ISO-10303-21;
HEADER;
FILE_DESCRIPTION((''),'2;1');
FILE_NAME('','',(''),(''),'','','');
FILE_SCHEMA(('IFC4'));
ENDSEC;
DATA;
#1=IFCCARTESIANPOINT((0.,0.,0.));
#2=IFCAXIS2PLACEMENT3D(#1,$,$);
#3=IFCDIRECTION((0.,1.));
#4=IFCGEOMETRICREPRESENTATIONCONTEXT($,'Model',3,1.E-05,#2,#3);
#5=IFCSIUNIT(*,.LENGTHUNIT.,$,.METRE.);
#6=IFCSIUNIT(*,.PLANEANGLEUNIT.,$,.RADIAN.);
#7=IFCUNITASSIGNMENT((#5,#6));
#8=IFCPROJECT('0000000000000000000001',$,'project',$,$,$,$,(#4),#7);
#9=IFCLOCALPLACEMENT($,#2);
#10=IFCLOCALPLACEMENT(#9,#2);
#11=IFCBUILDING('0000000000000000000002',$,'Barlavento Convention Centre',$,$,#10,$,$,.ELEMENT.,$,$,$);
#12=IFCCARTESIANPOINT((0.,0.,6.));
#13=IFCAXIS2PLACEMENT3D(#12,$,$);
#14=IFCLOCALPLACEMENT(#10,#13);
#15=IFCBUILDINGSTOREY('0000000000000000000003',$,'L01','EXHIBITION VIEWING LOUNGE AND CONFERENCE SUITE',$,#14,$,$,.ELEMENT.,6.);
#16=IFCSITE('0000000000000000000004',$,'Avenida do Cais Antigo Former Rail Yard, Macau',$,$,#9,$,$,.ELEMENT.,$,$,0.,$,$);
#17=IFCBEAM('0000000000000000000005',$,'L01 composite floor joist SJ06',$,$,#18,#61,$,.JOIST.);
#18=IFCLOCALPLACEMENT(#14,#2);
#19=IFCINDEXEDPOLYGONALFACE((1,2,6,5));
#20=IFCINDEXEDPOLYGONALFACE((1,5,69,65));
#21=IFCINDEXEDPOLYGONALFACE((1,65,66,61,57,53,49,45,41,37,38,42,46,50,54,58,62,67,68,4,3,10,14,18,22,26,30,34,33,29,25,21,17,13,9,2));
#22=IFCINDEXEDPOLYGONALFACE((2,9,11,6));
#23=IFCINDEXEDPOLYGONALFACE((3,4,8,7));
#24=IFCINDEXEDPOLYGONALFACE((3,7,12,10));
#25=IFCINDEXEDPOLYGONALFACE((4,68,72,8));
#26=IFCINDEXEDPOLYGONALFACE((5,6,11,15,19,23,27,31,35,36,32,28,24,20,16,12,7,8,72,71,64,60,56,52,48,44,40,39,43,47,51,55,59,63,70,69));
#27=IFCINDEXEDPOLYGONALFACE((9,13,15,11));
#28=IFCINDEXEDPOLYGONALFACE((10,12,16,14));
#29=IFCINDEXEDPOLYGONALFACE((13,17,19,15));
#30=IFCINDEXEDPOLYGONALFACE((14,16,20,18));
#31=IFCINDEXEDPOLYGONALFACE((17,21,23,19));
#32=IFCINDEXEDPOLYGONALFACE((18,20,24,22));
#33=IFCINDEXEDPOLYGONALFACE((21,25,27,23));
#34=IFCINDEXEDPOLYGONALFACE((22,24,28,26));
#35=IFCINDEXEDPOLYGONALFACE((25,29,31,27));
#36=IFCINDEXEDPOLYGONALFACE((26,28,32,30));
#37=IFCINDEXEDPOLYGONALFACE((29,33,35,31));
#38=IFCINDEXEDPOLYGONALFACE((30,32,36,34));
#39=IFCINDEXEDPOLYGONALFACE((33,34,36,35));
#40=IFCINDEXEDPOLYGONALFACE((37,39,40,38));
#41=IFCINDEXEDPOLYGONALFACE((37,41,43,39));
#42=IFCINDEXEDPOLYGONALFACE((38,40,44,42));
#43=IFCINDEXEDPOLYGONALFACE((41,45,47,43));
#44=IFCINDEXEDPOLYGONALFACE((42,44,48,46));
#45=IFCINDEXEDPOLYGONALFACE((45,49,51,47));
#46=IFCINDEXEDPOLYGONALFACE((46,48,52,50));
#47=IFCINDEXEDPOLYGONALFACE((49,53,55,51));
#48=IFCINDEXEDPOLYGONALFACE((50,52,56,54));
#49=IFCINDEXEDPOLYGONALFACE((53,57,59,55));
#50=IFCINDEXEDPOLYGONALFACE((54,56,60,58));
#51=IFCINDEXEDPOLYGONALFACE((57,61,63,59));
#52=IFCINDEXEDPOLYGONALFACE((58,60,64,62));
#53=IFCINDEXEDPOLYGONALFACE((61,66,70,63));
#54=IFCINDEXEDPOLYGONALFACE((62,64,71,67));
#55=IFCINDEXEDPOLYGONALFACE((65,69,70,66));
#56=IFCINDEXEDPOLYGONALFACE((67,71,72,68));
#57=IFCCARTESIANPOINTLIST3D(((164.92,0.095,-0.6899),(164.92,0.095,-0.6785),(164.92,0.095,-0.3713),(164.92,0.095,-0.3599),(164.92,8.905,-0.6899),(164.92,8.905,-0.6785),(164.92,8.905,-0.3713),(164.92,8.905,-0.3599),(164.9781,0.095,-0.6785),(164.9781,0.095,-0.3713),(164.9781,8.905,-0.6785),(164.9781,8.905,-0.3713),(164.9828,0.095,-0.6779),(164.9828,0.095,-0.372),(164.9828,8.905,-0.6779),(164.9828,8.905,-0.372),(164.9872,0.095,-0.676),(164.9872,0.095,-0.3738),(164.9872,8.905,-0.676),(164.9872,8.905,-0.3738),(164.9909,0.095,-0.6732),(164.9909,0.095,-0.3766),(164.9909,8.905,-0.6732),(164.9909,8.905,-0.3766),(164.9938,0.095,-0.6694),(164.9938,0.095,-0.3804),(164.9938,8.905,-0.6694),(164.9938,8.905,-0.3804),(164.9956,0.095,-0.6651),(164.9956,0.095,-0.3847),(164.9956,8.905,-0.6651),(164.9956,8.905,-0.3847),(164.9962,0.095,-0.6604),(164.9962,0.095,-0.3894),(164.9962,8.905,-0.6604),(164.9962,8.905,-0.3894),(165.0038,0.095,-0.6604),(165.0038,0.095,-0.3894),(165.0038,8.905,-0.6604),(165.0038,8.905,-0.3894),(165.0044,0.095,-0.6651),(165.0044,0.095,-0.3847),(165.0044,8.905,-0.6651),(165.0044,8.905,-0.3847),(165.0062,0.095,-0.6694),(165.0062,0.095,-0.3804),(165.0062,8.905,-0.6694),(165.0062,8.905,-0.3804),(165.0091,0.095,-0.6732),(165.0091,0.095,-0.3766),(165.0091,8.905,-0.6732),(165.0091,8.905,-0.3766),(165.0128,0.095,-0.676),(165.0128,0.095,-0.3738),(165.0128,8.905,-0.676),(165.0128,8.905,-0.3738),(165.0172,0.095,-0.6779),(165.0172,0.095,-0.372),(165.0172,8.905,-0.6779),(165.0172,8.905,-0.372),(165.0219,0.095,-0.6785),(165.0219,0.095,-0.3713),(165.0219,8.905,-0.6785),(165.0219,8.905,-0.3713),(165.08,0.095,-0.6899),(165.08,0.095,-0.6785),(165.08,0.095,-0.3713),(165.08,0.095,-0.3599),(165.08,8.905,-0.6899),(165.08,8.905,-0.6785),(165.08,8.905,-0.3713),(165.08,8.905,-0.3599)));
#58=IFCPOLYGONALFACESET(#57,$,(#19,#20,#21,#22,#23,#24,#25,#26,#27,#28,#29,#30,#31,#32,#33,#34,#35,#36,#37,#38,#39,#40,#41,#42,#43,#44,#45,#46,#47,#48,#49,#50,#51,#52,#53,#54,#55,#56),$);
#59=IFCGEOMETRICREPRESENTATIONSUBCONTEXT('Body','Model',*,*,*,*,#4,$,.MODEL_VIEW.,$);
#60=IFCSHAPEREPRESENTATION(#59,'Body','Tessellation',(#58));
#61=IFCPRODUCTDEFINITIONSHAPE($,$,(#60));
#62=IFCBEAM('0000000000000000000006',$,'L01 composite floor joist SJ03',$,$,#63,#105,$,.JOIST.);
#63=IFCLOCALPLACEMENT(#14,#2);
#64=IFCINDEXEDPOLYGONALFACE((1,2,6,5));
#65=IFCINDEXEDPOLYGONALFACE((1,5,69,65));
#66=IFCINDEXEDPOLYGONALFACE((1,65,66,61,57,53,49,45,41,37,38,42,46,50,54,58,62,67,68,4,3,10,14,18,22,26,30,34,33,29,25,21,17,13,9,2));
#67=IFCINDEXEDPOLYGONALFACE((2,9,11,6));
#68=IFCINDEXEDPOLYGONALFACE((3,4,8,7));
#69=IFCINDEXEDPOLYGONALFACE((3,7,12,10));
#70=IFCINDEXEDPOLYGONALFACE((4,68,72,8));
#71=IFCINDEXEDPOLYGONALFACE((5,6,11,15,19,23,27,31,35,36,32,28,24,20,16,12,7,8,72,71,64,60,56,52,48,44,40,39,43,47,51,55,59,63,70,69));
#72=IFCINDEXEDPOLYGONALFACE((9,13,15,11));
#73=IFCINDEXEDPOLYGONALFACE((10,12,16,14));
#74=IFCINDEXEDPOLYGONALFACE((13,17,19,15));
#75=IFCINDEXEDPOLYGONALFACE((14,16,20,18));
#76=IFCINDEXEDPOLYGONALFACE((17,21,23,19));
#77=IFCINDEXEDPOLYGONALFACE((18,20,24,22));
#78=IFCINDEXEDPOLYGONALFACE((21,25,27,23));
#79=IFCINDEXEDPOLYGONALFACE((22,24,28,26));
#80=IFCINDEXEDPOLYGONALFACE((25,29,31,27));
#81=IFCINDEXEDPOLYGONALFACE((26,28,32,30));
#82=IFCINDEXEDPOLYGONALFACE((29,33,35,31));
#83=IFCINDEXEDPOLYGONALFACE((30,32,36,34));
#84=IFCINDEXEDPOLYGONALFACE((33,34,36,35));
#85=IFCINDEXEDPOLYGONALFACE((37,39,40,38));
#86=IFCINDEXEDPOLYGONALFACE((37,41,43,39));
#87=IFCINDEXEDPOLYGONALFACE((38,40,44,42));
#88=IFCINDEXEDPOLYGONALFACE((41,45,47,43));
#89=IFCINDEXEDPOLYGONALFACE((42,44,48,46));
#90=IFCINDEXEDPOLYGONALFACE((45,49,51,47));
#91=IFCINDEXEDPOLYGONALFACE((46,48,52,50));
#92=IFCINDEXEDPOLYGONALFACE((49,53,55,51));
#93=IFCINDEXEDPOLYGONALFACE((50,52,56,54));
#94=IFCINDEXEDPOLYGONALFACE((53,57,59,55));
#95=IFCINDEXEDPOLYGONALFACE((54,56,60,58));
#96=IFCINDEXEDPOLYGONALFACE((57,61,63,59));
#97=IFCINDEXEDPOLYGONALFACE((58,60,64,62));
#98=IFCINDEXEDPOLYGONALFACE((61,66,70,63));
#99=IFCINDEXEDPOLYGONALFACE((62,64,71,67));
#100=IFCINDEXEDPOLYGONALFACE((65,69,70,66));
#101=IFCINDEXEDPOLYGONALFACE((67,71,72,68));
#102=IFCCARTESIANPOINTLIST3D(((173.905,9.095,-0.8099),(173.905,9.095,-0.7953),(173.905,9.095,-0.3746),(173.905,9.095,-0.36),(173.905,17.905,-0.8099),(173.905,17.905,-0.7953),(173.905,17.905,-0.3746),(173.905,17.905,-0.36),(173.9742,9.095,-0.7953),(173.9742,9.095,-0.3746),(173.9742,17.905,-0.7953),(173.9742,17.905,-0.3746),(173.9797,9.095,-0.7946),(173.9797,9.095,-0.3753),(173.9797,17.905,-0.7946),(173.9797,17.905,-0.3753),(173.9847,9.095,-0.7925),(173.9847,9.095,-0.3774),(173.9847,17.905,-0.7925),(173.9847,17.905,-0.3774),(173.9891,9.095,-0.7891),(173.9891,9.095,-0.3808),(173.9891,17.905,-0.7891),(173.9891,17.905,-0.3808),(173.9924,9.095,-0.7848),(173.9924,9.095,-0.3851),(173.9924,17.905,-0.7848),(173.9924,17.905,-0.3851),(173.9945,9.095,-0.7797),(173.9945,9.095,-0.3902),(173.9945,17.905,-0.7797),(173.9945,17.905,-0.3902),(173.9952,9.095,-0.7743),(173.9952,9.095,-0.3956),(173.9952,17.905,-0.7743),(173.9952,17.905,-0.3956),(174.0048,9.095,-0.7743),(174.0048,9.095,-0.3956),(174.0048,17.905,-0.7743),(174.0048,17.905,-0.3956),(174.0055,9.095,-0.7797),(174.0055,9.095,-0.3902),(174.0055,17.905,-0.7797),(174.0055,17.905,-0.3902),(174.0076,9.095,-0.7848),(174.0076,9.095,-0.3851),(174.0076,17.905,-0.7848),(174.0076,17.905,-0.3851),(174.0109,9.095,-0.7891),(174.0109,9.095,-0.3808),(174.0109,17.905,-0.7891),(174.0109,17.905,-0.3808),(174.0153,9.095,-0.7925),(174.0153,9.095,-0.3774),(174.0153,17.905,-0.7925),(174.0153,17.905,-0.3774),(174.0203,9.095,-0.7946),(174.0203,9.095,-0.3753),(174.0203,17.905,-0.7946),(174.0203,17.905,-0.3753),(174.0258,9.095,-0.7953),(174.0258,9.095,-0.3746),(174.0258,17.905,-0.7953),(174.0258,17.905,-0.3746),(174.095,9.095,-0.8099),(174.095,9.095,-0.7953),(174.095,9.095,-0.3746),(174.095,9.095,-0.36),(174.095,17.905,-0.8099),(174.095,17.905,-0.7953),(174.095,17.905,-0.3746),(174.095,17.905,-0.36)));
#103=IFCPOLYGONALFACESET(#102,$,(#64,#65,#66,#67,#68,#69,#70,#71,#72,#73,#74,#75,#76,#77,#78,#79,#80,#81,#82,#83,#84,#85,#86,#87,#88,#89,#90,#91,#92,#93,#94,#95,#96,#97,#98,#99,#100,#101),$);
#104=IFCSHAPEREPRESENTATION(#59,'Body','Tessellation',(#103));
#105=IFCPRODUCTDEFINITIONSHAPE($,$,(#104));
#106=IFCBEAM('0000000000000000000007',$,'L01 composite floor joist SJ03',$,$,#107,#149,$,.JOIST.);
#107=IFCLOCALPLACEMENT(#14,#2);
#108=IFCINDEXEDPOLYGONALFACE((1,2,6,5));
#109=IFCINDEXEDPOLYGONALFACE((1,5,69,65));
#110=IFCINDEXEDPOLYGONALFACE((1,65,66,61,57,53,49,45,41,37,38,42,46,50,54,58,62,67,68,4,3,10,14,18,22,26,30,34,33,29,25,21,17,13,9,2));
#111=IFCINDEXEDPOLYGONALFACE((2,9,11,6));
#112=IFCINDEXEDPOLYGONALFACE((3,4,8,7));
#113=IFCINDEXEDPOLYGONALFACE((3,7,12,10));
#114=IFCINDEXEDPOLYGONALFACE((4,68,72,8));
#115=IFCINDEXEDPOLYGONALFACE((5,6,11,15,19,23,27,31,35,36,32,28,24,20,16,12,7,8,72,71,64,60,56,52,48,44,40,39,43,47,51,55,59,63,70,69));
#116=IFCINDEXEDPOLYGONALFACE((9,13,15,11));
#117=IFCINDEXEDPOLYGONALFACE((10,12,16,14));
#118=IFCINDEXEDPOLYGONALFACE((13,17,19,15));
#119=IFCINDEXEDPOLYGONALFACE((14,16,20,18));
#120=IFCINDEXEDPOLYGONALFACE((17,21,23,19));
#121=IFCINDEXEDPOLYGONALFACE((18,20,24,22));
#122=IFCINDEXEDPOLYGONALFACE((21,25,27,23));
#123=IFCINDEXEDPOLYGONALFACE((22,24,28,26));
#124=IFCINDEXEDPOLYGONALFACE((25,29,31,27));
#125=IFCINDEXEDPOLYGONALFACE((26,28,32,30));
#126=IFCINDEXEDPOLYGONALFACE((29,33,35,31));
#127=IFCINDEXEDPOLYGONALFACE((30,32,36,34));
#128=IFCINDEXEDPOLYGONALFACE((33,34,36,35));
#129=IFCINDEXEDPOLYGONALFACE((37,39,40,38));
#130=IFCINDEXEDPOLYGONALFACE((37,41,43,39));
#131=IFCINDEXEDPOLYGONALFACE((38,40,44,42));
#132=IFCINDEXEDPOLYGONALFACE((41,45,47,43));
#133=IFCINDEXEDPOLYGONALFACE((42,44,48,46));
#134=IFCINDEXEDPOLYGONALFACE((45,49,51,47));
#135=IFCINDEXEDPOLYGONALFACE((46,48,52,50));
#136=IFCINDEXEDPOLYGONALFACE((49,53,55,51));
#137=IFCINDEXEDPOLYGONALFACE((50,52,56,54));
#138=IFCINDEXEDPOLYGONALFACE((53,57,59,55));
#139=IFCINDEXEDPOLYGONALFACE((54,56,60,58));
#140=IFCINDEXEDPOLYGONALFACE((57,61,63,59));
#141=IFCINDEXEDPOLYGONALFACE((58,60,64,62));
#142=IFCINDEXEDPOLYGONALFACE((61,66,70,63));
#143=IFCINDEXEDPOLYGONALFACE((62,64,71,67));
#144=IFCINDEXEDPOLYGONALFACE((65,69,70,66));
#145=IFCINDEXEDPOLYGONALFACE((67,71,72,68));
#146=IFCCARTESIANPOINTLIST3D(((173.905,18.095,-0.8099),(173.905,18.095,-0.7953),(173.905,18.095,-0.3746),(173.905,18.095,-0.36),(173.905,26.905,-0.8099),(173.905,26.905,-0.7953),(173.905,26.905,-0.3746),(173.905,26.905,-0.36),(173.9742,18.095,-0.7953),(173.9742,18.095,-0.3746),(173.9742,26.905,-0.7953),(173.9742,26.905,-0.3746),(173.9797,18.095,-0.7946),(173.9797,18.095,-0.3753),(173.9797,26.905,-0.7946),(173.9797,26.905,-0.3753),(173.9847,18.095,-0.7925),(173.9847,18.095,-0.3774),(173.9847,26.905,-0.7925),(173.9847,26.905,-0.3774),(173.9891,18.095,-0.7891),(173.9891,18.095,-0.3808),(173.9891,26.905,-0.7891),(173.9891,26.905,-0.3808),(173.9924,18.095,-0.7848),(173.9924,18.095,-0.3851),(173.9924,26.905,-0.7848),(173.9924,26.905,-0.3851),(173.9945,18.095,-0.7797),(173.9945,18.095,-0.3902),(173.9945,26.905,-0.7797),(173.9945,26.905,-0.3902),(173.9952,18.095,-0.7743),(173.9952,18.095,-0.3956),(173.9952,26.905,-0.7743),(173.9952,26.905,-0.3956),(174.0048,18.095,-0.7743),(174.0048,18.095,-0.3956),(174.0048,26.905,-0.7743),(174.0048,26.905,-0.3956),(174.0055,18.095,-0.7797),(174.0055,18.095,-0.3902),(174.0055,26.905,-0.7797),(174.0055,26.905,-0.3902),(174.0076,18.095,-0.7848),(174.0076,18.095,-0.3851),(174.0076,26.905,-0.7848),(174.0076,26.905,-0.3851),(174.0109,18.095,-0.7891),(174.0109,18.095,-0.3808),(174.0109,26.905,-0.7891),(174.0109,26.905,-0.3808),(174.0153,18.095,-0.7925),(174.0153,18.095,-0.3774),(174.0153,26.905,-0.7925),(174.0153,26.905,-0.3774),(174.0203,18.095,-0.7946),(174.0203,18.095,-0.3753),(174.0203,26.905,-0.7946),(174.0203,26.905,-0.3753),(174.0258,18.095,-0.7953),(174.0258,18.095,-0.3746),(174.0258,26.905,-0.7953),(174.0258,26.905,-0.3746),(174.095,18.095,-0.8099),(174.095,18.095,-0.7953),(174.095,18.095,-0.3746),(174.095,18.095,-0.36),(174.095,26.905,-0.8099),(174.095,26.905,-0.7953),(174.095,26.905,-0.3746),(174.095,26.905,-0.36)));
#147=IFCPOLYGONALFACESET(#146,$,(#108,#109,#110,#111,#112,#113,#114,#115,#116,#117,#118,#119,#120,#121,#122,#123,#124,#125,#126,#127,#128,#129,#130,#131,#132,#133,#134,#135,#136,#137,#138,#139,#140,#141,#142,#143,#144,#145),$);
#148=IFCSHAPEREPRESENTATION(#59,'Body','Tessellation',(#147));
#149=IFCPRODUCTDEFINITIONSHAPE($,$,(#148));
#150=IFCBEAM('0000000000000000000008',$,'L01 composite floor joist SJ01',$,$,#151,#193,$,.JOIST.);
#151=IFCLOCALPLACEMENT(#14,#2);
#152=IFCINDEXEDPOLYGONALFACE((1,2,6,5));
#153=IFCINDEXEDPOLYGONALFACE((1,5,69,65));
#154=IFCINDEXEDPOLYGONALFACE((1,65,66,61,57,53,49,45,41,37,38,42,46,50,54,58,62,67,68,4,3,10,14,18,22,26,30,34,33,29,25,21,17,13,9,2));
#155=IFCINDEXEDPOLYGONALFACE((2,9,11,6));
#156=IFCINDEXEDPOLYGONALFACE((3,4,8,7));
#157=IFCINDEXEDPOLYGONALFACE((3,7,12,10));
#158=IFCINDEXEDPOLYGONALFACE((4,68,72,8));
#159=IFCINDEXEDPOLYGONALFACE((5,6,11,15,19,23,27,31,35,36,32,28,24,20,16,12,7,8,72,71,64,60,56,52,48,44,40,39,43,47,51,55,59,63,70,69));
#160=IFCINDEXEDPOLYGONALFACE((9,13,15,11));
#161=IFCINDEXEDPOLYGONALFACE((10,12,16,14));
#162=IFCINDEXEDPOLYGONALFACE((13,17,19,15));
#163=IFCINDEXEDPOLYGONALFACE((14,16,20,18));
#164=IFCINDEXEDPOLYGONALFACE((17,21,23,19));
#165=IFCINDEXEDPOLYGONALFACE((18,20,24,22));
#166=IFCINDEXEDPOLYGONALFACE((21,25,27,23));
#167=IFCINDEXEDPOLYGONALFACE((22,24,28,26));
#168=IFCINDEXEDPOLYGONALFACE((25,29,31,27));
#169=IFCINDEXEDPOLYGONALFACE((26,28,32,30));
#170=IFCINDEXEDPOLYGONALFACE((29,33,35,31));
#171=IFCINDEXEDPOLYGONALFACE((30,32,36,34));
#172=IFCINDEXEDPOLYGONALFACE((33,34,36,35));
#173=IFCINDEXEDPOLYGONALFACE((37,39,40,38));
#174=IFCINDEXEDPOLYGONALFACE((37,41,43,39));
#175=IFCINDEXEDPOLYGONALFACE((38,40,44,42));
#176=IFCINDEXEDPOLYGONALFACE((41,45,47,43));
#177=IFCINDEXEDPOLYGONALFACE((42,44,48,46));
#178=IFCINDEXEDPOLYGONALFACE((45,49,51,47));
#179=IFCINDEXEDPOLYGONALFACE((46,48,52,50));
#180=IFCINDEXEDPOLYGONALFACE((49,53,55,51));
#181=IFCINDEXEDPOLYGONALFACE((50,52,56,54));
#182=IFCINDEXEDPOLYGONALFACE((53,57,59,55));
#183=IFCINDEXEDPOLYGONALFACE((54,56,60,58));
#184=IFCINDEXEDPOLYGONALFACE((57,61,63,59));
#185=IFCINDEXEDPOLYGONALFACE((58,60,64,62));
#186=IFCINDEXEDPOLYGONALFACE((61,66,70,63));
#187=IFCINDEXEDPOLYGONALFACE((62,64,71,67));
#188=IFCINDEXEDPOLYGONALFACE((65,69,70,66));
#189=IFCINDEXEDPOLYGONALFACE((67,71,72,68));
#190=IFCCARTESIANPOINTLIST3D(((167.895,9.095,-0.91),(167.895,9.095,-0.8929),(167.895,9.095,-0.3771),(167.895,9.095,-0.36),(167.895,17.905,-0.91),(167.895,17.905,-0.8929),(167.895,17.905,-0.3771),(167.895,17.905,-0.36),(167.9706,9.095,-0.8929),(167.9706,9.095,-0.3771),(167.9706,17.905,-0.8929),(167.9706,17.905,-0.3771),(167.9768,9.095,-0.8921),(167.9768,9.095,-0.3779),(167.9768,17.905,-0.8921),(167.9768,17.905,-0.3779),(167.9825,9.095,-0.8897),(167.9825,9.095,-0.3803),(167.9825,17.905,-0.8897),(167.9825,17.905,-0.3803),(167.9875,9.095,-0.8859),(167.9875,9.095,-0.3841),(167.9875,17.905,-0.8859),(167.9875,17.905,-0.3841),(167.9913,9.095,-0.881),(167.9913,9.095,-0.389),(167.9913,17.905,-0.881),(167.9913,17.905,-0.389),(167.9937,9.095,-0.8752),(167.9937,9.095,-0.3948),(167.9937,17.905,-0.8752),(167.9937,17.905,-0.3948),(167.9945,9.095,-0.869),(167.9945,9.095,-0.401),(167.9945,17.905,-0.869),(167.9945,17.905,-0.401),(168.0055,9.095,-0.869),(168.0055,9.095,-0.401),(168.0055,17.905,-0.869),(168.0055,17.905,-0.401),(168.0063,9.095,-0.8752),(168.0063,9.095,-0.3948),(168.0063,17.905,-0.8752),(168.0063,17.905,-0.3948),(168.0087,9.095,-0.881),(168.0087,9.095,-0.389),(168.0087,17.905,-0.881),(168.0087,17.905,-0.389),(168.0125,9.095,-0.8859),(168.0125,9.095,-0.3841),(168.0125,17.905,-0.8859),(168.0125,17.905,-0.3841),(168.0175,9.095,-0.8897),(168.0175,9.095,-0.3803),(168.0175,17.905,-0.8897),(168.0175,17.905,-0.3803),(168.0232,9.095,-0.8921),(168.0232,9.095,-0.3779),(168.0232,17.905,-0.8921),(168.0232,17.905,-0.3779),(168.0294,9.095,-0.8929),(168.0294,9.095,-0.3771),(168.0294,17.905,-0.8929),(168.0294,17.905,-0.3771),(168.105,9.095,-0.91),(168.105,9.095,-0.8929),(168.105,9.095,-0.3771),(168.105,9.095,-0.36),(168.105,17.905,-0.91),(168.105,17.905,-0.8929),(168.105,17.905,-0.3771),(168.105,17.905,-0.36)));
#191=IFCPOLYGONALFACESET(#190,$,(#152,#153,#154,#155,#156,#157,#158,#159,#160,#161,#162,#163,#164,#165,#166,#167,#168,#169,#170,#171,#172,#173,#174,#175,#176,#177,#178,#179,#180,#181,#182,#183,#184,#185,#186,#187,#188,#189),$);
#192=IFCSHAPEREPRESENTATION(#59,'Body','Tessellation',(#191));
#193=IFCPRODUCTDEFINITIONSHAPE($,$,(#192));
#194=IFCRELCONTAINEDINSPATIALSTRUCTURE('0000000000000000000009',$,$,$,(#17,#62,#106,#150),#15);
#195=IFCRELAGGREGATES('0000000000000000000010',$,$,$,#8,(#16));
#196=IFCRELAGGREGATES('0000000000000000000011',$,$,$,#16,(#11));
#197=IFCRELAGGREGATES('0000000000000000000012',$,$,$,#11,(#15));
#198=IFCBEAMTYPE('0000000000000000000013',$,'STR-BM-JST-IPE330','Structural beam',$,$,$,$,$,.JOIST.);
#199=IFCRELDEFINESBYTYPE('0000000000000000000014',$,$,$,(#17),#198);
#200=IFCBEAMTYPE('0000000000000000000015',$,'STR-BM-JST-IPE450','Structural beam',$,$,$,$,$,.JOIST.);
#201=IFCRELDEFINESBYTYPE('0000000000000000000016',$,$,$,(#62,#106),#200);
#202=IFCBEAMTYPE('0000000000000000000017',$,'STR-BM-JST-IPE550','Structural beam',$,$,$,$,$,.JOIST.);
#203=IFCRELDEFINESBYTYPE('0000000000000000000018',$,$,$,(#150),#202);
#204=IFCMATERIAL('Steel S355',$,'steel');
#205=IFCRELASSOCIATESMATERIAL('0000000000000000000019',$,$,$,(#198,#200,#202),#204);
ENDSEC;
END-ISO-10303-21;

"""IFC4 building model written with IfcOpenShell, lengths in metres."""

from ifc_helpers import new_model, si_unit, direction, frame, origin, origin_2d, place, context, subcontext, project, spatial, i_section, extrude, material, material_profile, profile_set, type_object, element, save


model = new_model("IFC4")

# Units and contexts
model_context = context("Model", 3, precision=1e-05, world=origin(), true_north=direction((0.0, 1.0)))
body_context = subcontext(model_context, "Body", "Model", "MODEL_VIEW")
ifc_project = project(units=[si_unit("LENGTHUNIT", "METRE"), si_unit("PLANEANGLEUNIT", "RADIAN")], contexts=[model_context])

# Site, building, storey
site_placement = place(None, origin())
site = spatial("IfcSite", under=ifc_project, at=site_placement, Name="Avenida do Cais Antigo Former Rail Yard, Macau", CompositionType="ELEMENT", RefElevation=0.0)
building_placement = place(site_placement, origin())
building = spatial("IfcBuilding", under=site, at=building_placement, Name="Barlavento Convention Centre", CompositionType="ELEMENT")
storey_placement = place(building_placement, frame((0.0, 0.0, 6.0)))
storey = spatial("IfcBuildingStorey", under=building, at=storey_placement, Name="L01", Description="EXHIBITION VIEWING LOUNGE AND CONFERENCE SUITE", CompositionType="ELEMENT", Elevation=6.0)

# Shared definitions
ifc_material = material(Name="Steel S355", Category="steel")

# Beams
ifc_material_profile_1 = material_profile(ifc_material, i_section(OverallWidth=0.1599, OverallDepth=0.3301, WebThickness=0.0076, FlangeThickness=0.0115, FilletRadius=0.0181, at=origin_2d()), Name="IPE 330")
ifc_profile_set_1 = profile_set([ifc_material_profile_1], Name="Steel S355")
beam_type_1 = type_object("IfcBeamType", Name="STR-BM-JST-IPE330", Description="Structural beam", PredefinedType="JOIST", material=ifc_profile_set_1)
beam_1_placement = place(storey_placement, frame((165.0, 0.095, -0.5249), z_axis=(0.0, 1.0, 0.0), x_axis=(-1.0, 0.0, 0.0)))
element("IfcBeam", 1, at=beam_1_placement, inside=storey, type_object=beam_type_1, Name="L01 composite floor joist SJ06", PredefinedType="JOIST", context=body_context, shape_type="SweptSolid", body=[
    extrude(i_section(OverallWidth=0.1599, OverallDepth=0.3301, WebThickness=0.0076, FlangeThickness=0.0115, FilletRadius=0.0181, at=origin_2d()), origin(), (0.0, 0.0, 1.0), 8.8101),
])
ifc_material_profile_2 = material_profile(ifc_material, i_section(OverallWidth=0.1899, OverallDepth=0.45, WebThickness=0.0095, FlangeThickness=0.0146, FilletRadius=0.021, at=origin_2d()), Name="IPE 450")
ifc_profile_set_2 = profile_set([ifc_material_profile_2], Name="Steel S355")
beam_type_2 = type_object("IfcBeamType", Name="STR-BM-JST-IPE450", Description="Structural beam", PredefinedType="JOIST", material=ifc_profile_set_2)
for number, where, z_axis, x_axis, name in (
    (2, (174.0, 9.095, -0.585), (0.0, 1.0, 0.0), (-1.0, 0.0, 0.0), "L01 composite floor joist SJ03"),
    (3, (174.0, 18.095, -0.585), (0.0, 1.0, 0.0), (-1.0, 0.0, 0.0), "L01 composite floor joist SJ03"),
):
    element("IfcBeam", number, at=place(storey_placement, frame(where, z_axis=z_axis, x_axis=x_axis)), inside=storey, type_object=beam_type_2, Name=name, PredefinedType="JOIST", context=body_context, shape_type="SweptSolid", body=[
        extrude(i_section(OverallWidth=0.1899, OverallDepth=0.45, WebThickness=0.0095, FlangeThickness=0.0146, FilletRadius=0.021, at=origin_2d()), origin(), (0.0, 0.0, 1.0), 8.8101),
    ])
ifc_material_profile_3 = material_profile(ifc_material, i_section(OverallWidth=0.21, OverallDepth=0.55, WebThickness=0.011, FlangeThickness=0.0171, FilletRadius=0.0239, at=origin_2d()), Name="IPE 550")
ifc_profile_set_3 = profile_set([ifc_material_profile_3], Name="Steel S355")
beam_type_3 = type_object("IfcBeamType", Name="STR-BM-JST-IPE550", Description="Structural beam", PredefinedType="JOIST", material=ifc_profile_set_3)
for number, where, z_axis, x_axis, name in (
    (4, (168.0, 9.095, -0.635), (0.0, 1.0, 0.0), (-1.0, 0.0, 0.0), "L01 composite floor joist SJ01"),
):
    element("IfcBeam", number, at=place(storey_placement, frame(where, z_axis=z_axis, x_axis=x_axis)), inside=storey, type_object=beam_type_3, Name=name, PredefinedType="JOIST", context=body_context, shape_type="SweptSolid", body=[
        extrude(i_section(OverallWidth=0.21, OverallDepth=0.55, WebThickness=0.011, FlangeThickness=0.0171, FilletRadius=0.0239, at=origin_2d()), origin(), (0.0, 0.0, 1.0), 8.8101),
    ])

save(model, "model.ifc")
